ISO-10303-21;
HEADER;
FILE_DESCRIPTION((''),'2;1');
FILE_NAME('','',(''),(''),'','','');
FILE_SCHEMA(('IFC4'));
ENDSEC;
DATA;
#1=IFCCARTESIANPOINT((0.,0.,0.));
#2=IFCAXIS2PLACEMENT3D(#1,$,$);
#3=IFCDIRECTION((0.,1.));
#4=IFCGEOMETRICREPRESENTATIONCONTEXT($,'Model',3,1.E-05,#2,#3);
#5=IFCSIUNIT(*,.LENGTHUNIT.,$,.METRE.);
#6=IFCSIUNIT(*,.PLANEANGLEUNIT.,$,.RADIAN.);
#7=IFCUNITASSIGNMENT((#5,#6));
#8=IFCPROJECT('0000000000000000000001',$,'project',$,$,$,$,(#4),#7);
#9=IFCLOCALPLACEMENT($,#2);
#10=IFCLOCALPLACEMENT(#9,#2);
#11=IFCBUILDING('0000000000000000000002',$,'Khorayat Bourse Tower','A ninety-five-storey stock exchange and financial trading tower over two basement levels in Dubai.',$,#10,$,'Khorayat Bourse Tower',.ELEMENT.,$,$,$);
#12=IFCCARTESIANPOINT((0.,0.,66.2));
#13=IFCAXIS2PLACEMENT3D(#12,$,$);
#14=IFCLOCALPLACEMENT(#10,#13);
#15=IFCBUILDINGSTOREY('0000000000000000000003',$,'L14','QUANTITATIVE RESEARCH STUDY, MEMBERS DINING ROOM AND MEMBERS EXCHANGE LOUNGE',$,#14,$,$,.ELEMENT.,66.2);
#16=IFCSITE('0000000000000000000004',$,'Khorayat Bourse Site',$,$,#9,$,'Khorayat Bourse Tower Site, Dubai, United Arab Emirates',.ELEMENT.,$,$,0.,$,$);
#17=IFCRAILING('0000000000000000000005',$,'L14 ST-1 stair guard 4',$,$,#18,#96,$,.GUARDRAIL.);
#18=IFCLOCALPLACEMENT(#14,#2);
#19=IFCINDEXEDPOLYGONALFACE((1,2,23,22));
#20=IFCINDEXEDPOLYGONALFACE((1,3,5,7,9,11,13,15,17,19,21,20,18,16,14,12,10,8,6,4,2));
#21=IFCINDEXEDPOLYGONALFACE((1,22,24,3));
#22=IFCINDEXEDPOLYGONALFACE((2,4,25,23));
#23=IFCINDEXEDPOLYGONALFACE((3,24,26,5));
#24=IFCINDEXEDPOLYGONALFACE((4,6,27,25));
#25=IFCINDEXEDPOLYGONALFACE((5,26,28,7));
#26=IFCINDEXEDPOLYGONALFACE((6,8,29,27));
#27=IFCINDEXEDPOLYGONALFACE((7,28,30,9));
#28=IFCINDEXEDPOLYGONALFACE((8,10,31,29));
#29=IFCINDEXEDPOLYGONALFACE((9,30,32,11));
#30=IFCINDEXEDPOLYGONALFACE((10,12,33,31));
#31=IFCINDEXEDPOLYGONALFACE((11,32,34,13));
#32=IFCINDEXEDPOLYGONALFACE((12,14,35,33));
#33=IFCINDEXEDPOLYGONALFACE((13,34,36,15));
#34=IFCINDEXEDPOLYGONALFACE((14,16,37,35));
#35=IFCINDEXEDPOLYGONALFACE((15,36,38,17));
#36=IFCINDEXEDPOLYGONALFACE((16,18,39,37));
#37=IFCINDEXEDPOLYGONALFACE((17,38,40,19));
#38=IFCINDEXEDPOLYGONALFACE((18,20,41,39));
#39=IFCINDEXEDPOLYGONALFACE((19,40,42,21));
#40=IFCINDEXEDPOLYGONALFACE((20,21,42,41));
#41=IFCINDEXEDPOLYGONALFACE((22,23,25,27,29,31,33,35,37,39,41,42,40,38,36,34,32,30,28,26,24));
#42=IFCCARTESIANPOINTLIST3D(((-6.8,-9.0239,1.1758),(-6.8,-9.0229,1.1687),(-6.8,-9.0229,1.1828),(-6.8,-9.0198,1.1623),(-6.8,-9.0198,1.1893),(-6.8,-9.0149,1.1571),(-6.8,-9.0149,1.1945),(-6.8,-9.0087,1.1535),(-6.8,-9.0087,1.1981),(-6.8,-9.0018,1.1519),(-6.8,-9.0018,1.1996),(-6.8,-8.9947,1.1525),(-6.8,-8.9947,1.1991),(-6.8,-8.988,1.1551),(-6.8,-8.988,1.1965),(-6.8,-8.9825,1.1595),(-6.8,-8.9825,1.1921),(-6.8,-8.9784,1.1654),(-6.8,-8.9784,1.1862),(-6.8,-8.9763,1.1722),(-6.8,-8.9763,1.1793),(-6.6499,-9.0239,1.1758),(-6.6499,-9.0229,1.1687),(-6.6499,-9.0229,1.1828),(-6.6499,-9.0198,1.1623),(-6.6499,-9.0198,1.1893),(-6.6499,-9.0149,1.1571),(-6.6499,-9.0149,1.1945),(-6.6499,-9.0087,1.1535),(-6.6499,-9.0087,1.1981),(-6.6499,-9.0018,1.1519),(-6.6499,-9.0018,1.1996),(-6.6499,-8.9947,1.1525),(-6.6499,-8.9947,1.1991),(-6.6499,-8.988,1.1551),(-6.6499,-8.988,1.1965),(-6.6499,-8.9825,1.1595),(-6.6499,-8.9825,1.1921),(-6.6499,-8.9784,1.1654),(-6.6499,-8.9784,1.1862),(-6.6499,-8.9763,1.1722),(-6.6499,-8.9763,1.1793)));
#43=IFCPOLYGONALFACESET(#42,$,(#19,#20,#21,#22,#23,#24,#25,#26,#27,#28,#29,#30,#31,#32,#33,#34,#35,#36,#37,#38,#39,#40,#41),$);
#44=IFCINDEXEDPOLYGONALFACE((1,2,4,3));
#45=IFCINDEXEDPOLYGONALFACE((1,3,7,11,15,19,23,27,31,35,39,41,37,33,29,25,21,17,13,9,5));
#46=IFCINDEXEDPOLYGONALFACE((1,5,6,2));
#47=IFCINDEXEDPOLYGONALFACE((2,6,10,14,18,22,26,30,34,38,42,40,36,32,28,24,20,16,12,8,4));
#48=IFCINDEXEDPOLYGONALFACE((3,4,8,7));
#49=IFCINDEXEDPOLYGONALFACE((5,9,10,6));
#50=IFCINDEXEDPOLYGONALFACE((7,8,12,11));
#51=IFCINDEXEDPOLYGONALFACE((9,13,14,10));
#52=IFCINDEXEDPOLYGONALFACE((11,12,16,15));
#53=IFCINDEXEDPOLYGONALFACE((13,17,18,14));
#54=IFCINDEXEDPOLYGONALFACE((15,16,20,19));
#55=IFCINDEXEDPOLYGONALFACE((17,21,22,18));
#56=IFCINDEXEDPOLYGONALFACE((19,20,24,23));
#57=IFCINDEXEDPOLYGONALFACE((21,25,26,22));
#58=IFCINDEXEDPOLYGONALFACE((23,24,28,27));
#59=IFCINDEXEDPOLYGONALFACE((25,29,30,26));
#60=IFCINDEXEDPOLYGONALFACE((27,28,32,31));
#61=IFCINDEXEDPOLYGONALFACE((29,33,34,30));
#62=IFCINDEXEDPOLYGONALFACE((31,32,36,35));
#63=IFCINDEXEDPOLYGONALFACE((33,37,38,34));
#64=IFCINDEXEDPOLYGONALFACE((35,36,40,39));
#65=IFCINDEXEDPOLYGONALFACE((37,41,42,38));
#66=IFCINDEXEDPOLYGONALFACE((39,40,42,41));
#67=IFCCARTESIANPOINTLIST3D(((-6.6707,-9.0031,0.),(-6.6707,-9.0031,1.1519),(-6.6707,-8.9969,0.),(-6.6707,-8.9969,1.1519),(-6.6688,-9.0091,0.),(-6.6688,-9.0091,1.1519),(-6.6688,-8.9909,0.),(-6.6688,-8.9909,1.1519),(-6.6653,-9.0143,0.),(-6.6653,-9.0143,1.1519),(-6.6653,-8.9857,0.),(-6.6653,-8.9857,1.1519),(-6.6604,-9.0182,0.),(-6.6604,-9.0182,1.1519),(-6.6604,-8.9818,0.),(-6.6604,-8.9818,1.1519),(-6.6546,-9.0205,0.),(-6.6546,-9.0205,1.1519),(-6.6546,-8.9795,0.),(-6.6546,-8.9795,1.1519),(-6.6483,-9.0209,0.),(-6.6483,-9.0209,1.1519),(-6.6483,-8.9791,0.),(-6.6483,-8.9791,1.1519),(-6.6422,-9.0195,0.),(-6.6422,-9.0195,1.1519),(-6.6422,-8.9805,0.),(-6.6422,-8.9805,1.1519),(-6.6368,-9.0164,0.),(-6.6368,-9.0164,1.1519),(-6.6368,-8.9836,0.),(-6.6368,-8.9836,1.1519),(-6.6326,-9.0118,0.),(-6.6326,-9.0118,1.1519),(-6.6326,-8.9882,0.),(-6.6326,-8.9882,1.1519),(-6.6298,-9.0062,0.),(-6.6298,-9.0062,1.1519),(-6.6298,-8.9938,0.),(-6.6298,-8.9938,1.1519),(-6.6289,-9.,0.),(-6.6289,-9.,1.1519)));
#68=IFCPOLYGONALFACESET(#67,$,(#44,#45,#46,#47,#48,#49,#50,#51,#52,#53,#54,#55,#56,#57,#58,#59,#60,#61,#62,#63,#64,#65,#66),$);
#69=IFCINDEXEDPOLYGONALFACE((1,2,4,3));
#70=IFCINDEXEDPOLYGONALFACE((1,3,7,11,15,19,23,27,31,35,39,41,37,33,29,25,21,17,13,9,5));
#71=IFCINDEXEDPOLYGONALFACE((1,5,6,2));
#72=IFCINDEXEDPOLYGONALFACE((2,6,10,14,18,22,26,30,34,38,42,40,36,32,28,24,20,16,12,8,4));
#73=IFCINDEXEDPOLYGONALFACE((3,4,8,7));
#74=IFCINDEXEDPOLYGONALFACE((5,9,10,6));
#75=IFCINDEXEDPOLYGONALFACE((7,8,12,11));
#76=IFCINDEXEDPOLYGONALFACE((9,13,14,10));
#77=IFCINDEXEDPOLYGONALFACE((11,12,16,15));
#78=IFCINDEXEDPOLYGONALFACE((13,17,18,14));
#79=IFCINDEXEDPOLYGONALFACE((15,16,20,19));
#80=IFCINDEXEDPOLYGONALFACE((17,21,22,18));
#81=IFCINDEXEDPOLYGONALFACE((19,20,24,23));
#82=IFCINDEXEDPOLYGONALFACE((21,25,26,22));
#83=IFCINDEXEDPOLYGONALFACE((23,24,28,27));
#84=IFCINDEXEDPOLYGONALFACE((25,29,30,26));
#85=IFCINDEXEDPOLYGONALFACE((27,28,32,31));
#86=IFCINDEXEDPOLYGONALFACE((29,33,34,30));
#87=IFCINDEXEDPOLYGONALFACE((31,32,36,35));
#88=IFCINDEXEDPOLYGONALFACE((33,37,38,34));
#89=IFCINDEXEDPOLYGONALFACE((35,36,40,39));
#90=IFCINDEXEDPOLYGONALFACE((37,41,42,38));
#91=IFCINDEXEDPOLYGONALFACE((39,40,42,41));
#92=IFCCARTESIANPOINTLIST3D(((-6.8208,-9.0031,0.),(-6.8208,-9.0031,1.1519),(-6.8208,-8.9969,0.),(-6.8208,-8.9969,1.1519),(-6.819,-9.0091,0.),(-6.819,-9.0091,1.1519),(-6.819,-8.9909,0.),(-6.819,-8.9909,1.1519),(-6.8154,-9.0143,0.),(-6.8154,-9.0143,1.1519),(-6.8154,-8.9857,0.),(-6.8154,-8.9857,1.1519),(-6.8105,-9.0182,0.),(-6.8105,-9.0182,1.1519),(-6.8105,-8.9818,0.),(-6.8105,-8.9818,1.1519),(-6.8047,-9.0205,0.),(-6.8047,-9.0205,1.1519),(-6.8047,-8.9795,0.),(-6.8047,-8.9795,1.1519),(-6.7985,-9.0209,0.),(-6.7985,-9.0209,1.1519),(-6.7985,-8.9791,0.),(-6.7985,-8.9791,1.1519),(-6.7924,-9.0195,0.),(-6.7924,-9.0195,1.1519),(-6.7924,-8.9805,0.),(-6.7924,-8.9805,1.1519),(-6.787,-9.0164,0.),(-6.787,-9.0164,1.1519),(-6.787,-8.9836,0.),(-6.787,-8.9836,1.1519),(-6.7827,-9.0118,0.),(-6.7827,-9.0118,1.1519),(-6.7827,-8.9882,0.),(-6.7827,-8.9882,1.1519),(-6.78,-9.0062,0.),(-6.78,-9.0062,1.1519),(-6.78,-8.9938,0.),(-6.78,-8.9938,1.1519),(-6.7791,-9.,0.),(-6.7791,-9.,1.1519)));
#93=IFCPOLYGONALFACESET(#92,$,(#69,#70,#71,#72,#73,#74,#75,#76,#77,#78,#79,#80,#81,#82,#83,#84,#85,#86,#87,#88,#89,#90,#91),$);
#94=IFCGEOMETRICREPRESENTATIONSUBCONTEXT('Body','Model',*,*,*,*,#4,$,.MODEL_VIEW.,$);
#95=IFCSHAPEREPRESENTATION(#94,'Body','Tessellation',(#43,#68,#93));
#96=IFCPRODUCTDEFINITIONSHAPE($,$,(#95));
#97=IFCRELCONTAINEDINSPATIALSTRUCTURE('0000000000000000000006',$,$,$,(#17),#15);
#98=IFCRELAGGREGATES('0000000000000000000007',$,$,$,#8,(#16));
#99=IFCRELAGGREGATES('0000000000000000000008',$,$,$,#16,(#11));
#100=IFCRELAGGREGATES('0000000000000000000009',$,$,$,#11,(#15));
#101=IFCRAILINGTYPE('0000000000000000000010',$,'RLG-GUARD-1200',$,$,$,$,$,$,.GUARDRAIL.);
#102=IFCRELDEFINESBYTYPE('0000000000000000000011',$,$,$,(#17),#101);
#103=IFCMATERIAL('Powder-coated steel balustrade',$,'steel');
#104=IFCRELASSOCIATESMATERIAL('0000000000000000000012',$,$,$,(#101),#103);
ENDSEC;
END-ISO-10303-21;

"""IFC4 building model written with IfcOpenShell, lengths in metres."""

from ifc_helpers import new_model, si_unit, direction, frame, origin, origin_2d, place, context, subcontext, project, spatial, circle, extrude, source, transform, mapped, material, type_object, element, save


model = new_model("IFC4")

# Units and contexts
model_context = context("Model", 3, precision=1e-05, world=origin(), true_north=direction((0.0, 1.0)))
body_context = subcontext(model_context, "Body", "Model", "MODEL_VIEW")
ifc_project = project(units=[si_unit("LENGTHUNIT", "METRE"), si_unit("PLANEANGLEUNIT", "RADIAN")], contexts=[model_context])

# Site, building, storey
site_placement = place(None, origin())
site = spatial("IfcSite", under=ifc_project, at=site_placement, Name="Khorayat Bourse Site", LongName="Khorayat Bourse Tower Site, Dubai, United Arab Emirates", CompositionType="ELEMENT", RefElevation=0.0)
building_placement = place(site_placement, origin())
building = spatial("IfcBuilding", under=site, at=building_placement, Name="Khorayat Bourse Tower", Description="A ninety-five-storey stock exchange and financial trading tower over two basement levels in Dubai.", LongName="Khorayat Bourse Tower", CompositionType="ELEMENT")
storey_placement = place(building_placement, frame((0.0, 0.0, 66.2)))
storey = spatial("IfcBuildingStorey", under=building, at=storey_placement, Name="L14", Description="QUANTITATIVE RESEARCH STUDY, MEMBERS DINING ROOM AND MEMBERS EXCHANGE LOUNGE", CompositionType="ELEMENT", Elevation=66.2)

# Railing
ifc_material_1 = material(Name="Powder-coated steel balustrade", Category="steel")
railing_type_1 = type_object("IfcRailingType", Name="RLG-GUARD-1200", PredefinedType="GUARDRAIL", material=ifc_material_1)
shared_shape_1 = source(origin(), body_context, "Body", "SweptSolid", [
    extrude(circle(Radius=0.0239, at=origin_2d()), frame((0.0, 0.0, 1.1758), z_axis=(-1.0, 0.0, 0.0), x_axis=(0.0, -1.0, 0.0)), (0.0, 0.0, 1.0), 0.1501),
    extrude(circle(Radius=0.021, at=origin_2d()), origin(), (0.0, 0.0, 1.0), 1.1519),
    extrude(circle(Radius=0.021, at=origin_2d()), frame((-0.1501, 0.0, 0.0)), (0.0, 0.0, 1.0), 1.1519),
])
for number, where, name in (
    (1, (-6.6499, -9.0, 0.0), "L14 ST-1 stair guard 4"),
):
    element("IfcRailing", number, at=place(storey_placement, frame(where)), inside=storey, type_object=railing_type_1, Name=name, PredefinedType="GUARDRAIL", context=body_context, shape_type="MappedRepresentation", body=[
        mapped(shared_shape_1, transform((0.0, 0.0, 0.0), scale=1.0)),
    ])

save(model, "model.ifc")
